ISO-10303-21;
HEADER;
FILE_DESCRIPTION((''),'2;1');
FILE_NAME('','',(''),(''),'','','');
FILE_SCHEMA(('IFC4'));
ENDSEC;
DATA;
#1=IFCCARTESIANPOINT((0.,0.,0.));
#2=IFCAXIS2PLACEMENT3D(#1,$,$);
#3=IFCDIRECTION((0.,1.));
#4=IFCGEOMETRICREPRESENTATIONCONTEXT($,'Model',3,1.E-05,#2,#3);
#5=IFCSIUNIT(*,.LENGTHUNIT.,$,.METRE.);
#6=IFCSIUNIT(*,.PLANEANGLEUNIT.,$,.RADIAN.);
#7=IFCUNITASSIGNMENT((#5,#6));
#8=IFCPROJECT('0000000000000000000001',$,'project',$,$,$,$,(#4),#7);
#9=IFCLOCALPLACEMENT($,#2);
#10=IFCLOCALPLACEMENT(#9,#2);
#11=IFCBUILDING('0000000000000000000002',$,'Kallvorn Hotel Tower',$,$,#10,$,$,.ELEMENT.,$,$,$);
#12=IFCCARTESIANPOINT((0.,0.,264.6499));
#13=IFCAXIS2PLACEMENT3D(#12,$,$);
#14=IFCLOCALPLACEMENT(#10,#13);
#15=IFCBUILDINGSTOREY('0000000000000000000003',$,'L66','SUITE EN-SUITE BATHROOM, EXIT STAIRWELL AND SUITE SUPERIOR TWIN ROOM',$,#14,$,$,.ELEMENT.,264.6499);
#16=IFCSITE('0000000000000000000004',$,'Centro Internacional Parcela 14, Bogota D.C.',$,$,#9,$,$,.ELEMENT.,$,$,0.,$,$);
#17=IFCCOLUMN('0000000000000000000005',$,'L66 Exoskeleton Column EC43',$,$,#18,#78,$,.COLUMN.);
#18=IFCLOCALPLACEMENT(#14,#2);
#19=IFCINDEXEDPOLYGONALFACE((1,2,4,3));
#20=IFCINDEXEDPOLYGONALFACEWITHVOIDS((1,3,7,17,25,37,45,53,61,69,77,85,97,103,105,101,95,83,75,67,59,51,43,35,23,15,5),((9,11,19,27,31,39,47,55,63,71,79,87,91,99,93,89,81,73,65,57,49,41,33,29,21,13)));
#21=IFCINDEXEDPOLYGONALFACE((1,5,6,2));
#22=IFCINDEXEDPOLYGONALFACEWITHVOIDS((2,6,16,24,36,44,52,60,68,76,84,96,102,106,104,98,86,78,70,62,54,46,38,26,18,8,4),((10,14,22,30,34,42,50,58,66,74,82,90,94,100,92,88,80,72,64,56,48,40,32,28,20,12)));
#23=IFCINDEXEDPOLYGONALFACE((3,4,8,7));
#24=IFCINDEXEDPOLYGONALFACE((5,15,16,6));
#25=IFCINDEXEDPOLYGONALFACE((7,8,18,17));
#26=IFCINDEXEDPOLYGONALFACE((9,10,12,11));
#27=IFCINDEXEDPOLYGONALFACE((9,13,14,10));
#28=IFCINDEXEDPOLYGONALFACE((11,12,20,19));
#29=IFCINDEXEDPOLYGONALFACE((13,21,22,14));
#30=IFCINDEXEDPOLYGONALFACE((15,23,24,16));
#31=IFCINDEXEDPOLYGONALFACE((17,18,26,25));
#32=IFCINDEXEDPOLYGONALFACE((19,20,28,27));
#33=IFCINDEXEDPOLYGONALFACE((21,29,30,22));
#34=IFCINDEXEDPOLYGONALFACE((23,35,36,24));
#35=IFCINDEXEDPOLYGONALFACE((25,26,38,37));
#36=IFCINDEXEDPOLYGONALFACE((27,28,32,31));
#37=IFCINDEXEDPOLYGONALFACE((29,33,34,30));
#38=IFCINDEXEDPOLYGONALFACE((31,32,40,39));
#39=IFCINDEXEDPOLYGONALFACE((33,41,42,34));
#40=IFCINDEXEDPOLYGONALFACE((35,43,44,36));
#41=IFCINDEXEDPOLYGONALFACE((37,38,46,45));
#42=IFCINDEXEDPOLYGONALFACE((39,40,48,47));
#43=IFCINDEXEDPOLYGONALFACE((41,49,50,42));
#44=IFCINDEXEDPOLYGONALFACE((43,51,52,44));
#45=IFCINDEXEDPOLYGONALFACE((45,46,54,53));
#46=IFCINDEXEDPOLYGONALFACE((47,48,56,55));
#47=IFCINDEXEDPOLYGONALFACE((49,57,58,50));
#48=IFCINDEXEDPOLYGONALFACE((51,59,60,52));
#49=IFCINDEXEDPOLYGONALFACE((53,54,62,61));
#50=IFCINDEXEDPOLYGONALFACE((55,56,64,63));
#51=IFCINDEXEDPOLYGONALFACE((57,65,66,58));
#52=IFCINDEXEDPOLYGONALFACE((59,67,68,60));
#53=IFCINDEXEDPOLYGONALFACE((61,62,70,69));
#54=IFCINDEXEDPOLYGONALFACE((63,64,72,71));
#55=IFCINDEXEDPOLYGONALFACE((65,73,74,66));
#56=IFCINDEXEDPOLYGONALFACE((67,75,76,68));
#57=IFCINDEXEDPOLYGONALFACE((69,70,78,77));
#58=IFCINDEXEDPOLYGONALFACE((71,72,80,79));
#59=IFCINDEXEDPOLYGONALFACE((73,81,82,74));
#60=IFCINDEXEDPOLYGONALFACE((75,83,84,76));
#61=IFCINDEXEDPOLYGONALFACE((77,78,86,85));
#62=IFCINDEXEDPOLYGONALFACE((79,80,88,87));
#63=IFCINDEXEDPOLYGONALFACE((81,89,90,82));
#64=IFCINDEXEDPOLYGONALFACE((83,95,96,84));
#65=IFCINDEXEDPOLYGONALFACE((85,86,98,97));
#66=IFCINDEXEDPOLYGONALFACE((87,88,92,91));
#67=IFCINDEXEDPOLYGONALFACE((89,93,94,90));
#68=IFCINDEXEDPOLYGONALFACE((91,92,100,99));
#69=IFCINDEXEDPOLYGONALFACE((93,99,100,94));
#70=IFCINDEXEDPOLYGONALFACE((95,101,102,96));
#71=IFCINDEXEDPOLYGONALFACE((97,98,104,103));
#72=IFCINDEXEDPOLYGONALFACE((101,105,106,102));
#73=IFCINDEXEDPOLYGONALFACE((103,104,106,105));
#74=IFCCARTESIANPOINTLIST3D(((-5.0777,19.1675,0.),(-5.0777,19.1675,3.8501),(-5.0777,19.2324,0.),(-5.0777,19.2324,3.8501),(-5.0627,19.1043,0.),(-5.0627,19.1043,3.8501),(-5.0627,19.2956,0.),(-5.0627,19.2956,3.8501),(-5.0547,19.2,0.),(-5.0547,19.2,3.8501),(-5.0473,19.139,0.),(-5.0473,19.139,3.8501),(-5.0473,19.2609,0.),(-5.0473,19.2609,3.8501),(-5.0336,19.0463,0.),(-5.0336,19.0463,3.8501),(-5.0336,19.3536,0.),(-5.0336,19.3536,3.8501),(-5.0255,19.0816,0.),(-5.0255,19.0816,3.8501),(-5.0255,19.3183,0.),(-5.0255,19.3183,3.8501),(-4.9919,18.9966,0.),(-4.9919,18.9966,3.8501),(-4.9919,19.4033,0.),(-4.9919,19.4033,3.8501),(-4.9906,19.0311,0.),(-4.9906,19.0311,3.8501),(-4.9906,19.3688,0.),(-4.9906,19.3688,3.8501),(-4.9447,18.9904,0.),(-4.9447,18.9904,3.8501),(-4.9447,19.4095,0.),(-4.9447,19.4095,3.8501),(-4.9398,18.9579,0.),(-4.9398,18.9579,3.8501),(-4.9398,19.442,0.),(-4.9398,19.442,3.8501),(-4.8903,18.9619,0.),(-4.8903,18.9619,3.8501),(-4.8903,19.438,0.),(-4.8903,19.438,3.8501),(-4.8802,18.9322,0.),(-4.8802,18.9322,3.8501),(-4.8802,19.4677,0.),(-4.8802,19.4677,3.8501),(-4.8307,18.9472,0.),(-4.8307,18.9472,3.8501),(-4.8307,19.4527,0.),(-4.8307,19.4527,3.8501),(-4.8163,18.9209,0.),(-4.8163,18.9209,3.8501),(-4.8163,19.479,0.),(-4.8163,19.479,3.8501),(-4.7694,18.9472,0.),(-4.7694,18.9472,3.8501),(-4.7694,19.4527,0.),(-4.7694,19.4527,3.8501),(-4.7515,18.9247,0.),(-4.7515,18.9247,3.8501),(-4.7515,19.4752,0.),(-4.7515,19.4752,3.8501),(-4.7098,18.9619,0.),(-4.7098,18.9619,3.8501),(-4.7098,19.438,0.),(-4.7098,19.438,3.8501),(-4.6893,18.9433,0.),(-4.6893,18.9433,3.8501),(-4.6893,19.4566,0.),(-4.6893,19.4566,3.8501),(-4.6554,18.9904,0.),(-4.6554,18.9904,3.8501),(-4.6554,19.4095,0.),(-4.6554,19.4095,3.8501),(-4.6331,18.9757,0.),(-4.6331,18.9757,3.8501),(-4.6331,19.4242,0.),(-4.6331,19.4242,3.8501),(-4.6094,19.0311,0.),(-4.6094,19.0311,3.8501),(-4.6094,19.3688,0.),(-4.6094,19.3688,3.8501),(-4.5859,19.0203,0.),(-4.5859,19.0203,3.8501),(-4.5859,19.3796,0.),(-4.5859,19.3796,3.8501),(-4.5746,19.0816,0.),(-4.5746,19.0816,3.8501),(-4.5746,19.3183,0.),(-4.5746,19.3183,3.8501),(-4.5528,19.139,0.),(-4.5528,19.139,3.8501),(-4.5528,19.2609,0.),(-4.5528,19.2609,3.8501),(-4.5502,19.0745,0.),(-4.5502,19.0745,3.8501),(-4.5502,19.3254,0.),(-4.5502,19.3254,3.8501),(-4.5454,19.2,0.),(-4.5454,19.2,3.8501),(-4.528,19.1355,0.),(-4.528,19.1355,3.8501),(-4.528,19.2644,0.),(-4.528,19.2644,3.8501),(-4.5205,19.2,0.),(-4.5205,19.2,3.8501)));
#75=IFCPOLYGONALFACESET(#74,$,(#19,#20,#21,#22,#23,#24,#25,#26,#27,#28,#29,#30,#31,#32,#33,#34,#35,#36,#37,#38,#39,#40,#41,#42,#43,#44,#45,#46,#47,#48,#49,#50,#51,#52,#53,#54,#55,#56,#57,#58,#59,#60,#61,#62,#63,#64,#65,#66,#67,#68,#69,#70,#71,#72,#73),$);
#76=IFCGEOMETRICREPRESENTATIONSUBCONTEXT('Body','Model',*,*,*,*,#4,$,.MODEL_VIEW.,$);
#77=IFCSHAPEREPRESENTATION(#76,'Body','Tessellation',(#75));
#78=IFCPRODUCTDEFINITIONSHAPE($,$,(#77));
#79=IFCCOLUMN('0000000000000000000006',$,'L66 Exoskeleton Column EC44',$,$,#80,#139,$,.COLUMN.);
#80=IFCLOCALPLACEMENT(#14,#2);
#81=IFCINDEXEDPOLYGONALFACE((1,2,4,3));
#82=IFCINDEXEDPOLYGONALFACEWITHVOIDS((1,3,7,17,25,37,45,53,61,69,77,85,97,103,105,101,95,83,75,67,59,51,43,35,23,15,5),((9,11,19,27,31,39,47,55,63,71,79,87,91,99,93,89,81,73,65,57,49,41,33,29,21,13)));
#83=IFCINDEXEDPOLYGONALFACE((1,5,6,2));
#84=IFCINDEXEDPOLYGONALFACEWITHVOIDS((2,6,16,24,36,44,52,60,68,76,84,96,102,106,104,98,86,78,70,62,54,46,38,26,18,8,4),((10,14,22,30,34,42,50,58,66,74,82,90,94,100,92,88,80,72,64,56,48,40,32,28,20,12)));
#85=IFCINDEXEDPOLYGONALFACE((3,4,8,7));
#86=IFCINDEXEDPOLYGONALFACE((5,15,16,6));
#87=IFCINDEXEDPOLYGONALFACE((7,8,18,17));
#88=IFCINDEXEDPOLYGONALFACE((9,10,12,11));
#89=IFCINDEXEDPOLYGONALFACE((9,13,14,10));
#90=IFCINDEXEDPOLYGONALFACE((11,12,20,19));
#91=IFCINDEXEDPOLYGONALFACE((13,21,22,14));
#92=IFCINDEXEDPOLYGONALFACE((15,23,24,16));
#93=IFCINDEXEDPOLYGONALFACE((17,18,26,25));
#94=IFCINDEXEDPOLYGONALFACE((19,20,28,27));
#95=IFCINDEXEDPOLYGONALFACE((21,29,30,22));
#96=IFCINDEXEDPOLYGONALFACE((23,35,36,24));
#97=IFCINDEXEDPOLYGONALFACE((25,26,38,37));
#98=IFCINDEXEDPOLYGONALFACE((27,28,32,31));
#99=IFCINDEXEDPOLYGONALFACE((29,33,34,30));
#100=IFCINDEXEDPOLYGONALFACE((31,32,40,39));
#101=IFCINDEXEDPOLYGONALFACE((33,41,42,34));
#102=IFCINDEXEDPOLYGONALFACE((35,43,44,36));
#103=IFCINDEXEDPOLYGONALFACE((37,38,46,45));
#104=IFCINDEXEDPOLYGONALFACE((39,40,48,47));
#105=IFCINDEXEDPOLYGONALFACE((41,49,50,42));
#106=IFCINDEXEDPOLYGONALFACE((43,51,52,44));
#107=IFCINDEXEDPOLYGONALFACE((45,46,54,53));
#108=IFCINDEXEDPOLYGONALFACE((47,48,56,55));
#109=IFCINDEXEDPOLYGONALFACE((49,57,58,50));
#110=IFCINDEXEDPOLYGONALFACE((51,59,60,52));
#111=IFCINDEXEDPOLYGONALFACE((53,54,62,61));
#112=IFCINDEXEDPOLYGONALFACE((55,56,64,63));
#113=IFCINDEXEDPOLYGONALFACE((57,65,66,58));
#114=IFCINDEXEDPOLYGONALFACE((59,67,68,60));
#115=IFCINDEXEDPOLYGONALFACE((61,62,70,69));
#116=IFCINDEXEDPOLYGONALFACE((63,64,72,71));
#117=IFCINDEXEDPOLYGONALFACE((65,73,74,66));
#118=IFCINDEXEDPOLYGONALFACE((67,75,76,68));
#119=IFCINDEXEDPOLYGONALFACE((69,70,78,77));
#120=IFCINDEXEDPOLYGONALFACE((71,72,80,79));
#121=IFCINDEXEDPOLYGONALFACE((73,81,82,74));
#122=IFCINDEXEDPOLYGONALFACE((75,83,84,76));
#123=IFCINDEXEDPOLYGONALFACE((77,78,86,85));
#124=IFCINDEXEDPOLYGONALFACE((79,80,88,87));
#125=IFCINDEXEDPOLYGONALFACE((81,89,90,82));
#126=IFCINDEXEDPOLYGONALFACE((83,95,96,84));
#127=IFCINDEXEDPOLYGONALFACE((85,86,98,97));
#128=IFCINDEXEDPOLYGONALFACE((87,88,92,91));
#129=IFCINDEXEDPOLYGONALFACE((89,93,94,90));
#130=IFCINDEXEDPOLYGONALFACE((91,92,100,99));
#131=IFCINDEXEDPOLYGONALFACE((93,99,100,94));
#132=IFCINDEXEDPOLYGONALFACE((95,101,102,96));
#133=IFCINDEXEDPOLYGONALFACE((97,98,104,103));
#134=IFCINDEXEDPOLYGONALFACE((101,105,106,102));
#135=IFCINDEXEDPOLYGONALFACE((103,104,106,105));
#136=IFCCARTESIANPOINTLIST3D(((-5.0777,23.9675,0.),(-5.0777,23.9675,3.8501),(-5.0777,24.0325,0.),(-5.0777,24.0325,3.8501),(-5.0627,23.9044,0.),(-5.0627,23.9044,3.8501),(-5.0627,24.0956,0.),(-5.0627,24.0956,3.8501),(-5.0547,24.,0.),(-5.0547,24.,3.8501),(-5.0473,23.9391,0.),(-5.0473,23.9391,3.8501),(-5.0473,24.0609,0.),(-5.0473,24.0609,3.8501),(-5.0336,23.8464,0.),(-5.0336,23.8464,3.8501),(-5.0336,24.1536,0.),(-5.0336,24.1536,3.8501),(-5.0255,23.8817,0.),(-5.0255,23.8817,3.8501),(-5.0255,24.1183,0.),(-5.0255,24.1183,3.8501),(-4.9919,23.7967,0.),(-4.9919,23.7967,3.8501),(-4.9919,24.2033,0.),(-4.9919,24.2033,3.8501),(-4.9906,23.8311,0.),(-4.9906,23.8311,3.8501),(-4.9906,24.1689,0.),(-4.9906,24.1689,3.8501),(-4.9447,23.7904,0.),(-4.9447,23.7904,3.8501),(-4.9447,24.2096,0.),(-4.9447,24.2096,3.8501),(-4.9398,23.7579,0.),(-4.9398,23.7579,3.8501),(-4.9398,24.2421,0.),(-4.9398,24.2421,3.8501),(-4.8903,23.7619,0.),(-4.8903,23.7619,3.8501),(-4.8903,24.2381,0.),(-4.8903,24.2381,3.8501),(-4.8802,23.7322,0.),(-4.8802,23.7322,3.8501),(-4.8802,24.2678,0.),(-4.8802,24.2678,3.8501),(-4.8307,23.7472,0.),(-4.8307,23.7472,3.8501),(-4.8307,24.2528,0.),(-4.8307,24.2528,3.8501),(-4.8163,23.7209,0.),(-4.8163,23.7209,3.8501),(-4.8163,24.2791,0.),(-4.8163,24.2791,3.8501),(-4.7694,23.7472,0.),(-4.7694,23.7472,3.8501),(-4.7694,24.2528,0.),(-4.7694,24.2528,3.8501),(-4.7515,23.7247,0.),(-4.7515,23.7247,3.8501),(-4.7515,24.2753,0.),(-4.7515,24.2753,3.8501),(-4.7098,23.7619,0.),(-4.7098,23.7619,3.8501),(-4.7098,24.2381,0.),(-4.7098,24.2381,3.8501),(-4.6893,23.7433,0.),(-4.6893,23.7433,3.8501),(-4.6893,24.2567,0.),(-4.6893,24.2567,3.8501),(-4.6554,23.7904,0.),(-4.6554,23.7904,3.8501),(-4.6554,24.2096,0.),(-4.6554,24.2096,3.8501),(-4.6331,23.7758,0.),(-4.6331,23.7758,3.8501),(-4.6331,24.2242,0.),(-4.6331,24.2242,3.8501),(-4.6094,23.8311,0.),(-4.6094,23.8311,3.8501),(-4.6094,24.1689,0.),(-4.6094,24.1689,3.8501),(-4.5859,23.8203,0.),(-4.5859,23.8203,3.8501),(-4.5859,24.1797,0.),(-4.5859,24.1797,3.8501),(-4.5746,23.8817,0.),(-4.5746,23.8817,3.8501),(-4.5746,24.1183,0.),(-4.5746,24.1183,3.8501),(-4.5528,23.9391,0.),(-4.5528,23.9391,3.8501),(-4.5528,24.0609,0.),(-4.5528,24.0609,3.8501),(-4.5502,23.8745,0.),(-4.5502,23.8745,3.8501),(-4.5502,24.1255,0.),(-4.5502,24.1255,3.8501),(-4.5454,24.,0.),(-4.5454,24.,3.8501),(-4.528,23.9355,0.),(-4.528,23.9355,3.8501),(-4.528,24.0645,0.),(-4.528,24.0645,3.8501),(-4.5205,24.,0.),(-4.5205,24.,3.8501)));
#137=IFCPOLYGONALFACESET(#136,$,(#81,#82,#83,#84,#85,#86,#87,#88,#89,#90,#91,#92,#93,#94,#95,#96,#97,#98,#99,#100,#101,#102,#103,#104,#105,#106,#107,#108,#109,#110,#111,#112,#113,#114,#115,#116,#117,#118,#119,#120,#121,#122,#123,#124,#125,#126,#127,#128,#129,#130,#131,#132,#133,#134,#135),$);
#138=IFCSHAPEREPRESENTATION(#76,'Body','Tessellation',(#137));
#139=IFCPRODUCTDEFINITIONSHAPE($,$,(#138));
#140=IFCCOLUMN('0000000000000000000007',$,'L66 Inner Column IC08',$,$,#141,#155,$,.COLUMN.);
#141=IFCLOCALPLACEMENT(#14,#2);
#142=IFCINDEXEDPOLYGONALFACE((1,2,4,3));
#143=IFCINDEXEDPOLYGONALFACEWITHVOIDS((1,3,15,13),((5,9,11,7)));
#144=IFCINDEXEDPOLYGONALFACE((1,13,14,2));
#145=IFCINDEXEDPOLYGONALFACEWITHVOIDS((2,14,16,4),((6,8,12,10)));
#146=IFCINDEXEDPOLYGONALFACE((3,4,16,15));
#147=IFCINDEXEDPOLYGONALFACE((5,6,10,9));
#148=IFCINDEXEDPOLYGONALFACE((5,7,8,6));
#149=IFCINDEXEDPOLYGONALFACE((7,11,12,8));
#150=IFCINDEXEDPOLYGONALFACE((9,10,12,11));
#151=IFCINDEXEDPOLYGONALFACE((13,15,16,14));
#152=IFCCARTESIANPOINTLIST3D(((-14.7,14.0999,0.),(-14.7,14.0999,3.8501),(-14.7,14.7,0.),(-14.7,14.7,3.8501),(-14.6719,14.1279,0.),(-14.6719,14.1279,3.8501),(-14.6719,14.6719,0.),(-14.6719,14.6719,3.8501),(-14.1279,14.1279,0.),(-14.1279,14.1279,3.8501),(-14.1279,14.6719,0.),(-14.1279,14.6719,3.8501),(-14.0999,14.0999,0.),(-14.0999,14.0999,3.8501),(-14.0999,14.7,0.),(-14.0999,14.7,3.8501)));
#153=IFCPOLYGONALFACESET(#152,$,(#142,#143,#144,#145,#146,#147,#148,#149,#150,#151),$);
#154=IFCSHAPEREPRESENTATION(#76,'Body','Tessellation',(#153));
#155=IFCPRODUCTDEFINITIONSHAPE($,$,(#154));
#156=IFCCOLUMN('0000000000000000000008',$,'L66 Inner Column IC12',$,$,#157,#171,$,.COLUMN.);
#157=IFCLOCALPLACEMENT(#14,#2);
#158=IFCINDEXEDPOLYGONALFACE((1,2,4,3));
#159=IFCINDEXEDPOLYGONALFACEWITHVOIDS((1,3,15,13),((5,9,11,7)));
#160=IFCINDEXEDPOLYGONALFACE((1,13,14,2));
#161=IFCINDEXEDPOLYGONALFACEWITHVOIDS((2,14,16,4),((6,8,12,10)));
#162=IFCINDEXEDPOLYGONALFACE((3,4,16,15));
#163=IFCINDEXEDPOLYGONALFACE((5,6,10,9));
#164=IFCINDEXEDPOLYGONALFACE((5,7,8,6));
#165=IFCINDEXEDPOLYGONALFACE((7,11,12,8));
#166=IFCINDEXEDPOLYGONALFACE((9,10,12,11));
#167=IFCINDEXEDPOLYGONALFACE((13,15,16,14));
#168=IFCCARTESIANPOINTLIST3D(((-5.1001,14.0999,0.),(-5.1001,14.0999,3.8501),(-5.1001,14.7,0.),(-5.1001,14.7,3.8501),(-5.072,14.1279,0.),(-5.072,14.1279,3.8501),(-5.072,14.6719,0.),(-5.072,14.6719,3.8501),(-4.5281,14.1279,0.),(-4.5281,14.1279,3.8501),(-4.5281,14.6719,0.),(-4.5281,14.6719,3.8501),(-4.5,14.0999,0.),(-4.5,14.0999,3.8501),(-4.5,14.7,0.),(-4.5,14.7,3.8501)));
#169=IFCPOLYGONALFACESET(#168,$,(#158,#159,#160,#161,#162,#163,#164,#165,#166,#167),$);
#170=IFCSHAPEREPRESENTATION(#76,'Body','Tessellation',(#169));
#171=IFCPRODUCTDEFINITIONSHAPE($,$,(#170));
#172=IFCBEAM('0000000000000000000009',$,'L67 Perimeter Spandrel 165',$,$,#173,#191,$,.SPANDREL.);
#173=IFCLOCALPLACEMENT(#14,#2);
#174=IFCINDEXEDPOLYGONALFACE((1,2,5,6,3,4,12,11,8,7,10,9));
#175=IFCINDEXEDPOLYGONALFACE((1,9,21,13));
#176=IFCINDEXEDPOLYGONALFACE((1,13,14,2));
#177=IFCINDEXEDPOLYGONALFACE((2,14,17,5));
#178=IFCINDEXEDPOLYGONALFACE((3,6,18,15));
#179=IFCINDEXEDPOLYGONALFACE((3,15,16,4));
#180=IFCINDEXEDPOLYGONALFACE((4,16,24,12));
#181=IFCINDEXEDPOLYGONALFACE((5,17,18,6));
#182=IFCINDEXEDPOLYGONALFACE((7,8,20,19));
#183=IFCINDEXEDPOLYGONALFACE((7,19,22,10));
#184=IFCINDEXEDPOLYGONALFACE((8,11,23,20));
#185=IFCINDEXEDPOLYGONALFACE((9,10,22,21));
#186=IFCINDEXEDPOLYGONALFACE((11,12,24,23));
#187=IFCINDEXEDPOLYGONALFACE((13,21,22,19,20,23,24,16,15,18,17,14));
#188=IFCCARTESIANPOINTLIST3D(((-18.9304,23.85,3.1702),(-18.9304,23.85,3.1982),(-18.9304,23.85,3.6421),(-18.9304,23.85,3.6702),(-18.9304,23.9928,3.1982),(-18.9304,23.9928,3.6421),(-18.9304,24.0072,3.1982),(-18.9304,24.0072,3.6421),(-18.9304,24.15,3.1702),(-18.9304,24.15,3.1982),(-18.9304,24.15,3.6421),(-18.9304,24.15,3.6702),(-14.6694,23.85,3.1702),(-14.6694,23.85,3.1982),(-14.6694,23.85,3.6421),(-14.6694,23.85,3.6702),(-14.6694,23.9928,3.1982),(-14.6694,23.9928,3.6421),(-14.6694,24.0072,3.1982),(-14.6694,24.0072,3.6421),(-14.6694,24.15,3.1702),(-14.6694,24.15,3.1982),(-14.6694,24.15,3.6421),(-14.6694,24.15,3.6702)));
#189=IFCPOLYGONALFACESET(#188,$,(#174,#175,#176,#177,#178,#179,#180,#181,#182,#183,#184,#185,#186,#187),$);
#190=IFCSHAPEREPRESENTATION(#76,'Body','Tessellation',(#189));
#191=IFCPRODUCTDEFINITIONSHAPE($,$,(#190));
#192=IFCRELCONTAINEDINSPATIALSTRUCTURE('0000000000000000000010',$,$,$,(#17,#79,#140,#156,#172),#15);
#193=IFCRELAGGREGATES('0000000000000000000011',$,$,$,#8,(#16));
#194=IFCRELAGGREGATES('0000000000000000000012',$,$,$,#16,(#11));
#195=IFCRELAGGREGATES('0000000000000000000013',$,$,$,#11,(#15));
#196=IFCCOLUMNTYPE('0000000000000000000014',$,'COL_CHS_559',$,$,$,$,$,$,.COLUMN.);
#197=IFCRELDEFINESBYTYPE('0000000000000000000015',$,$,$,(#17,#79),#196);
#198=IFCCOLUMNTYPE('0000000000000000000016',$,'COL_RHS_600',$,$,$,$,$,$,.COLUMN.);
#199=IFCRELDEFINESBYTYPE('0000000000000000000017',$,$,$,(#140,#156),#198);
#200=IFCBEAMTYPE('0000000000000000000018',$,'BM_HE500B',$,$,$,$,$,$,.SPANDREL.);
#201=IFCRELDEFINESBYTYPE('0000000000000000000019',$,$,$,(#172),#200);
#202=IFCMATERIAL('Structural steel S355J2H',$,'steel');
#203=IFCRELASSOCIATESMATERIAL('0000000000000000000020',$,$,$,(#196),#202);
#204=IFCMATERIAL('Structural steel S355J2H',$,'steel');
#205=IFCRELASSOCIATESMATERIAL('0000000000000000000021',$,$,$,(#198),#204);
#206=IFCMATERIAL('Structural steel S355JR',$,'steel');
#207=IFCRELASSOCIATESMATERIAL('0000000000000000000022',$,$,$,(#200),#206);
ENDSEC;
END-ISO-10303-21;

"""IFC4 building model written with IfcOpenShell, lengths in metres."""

from ifc_helpers import new_model, si_unit, direction, frame, origin, origin_2d, place, context, subcontext, project, spatial, hollow_rectangle, hollow_circle, i_section, extrude, material, material_profile, profile_set, type_object, element, save


model = new_model("IFC4")

# Units and contexts
model_context = context("Model", 3, precision=1e-05, world=origin(), true_north=direction((0.0, 1.0)))
body_context = subcontext(model_context, "Body", "Model", "MODEL_VIEW")
ifc_project = project(units=[si_unit("LENGTHUNIT", "METRE"), si_unit("PLANEANGLEUNIT", "RADIAN")], contexts=[model_context])

# Site, building, storey
site_placement = place(None, origin())
site = spatial("IfcSite", under=ifc_project, at=site_placement, Name="Centro Internacional Parcela 14, Bogota D.C.", CompositionType="ELEMENT", RefElevation=0.0)
building_placement = place(site_placement, origin())
building = spatial("IfcBuilding", under=site, at=building_placement, Name="Kallvorn Hotel Tower", CompositionType="ELEMENT")
storey_placement = place(building_placement, frame((0.0, 0.0, 264.6499)))
storey = spatial("IfcBuildingStorey", under=building, at=storey_placement, Name="L66", Description="SUITE EN-SUITE BATHROOM, EXIT STAIRWELL AND SUITE SUPERIOR TWIN ROOM", CompositionType="ELEMENT", Elevation=264.6499)

# Columns
ifc_material_1 = material(Name="Structural steel S355J2H", Category="steel")
ifc_material_profile_1 = material_profile(ifc_material_1, hollow_circle(Radius=0.2795, WallThickness=0.0249, at=origin_2d()), Name="CHS 559x25")
ifc_profile_set_1 = profile_set([ifc_material_profile_1], Name="Structural steel S355J2H")
column_type_1 = type_object("IfcColumnType", Name="COL_CHS_559", PredefinedType="COLUMN", material=ifc_profile_set_1)
for number, where, z_axis, x_axis, name in (
    (1, (-4.8, 19.2, 0.0), (0.0, 0.0, 1.0), (1.0, 0.0, 0.0), "L66 Exoskeleton Column EC43"),
    (2, (-4.8, 24.0, 0.0), (0.0, 0.0, 1.0), (1.0, 0.0, 0.0), "L66 Exoskeleton Column EC44"),
):
    element("IfcColumn", number, at=place(storey_placement, frame(where, z_axis=z_axis, x_axis=x_axis)), inside=storey, type_object=column_type_1, Name=name, PredefinedType="COLUMN", context=body_context, shape_type="SweptSolid", body=[
        extrude(hollow_circle(Radius=0.2795, WallThickness=0.0249, at=origin_2d()), origin(), (0.0, 0.0, 1.0), 3.8501),
    ])
ifc_material_2 = material(Name="Structural steel S355J2H", Category="steel")
ifc_material_profile_2 = material_profile(ifc_material_2, hollow_rectangle(XDim=0.6001, YDim=0.6001, WallThickness=0.0281, at=origin_2d()), Name="RHS 600x600x28")
ifc_profile_set_2 = profile_set([ifc_material_profile_2], Name="Structural steel S355J2H")
column_type_2 = type_object("IfcColumnType", Name="COL_RHS_600", PredefinedType="COLUMN", material=ifc_profile_set_2)
for number, where, z_axis, x_axis, name in (
    (3, (-14.3999, 14.3999, 0.0), (0.0, 0.0, 1.0), (1.0, 0.0, 0.0), "L66 Inner Column IC08"),
    (4, (-4.8, 14.3999, 0.0), (0.0, 0.0, 1.0), (1.0, 0.0, 0.0), "L66 Inner Column IC12"),
):
    element("IfcColumn", number, at=place(storey_placement, frame(where, z_axis=z_axis, x_axis=x_axis)), inside=storey, type_object=column_type_2, Name=name, PredefinedType="COLUMN", context=body_context, shape_type="SweptSolid", body=[
        extrude(hollow_rectangle(XDim=0.6001, YDim=0.6001, WallThickness=0.0281, at=origin_2d()), origin(), (0.0, 0.0, 1.0), 3.8501),
    ])

# Beam
ifc_material_3 = material(Name="Structural steel S355JR", Category="steel")
ifc_material_profile_3 = material_profile(ifc_material_3, i_section(OverallWidth=0.3, OverallDepth=0.5, WebThickness=0.0144, FlangeThickness=0.0281, at=origin_2d()), Name="HE 500 B")
ifc_profile_set_3 = profile_set([ifc_material_profile_3], Name="Structural steel S355JR")
beam_type_1 = type_object("IfcBeamType", Name="BM_HE500B", PredefinedType="SPANDREL", material=ifc_profile_set_3)
beam_1_placement = place(storey_placement, frame((-18.9304, 24.0, 3.4202), z_axis=(1.0, 0.0, 0.0), x_axis=(0.0, 1.0, 0.0)))
element("IfcBeam", 5, at=beam_1_placement, inside=storey, type_object=beam_type_1, Name="L67 Perimeter Spandrel 165", PredefinedType="SPANDREL", context=body_context, shape_type="SweptSolid", body=[
    extrude(i_section(OverallWidth=0.3, OverallDepth=0.5, WebThickness=0.0144, FlangeThickness=0.0281, at=origin_2d()), origin(), (0.0, 0.0, 1.0), 4.261),
])

save(model, "model.ifc")
